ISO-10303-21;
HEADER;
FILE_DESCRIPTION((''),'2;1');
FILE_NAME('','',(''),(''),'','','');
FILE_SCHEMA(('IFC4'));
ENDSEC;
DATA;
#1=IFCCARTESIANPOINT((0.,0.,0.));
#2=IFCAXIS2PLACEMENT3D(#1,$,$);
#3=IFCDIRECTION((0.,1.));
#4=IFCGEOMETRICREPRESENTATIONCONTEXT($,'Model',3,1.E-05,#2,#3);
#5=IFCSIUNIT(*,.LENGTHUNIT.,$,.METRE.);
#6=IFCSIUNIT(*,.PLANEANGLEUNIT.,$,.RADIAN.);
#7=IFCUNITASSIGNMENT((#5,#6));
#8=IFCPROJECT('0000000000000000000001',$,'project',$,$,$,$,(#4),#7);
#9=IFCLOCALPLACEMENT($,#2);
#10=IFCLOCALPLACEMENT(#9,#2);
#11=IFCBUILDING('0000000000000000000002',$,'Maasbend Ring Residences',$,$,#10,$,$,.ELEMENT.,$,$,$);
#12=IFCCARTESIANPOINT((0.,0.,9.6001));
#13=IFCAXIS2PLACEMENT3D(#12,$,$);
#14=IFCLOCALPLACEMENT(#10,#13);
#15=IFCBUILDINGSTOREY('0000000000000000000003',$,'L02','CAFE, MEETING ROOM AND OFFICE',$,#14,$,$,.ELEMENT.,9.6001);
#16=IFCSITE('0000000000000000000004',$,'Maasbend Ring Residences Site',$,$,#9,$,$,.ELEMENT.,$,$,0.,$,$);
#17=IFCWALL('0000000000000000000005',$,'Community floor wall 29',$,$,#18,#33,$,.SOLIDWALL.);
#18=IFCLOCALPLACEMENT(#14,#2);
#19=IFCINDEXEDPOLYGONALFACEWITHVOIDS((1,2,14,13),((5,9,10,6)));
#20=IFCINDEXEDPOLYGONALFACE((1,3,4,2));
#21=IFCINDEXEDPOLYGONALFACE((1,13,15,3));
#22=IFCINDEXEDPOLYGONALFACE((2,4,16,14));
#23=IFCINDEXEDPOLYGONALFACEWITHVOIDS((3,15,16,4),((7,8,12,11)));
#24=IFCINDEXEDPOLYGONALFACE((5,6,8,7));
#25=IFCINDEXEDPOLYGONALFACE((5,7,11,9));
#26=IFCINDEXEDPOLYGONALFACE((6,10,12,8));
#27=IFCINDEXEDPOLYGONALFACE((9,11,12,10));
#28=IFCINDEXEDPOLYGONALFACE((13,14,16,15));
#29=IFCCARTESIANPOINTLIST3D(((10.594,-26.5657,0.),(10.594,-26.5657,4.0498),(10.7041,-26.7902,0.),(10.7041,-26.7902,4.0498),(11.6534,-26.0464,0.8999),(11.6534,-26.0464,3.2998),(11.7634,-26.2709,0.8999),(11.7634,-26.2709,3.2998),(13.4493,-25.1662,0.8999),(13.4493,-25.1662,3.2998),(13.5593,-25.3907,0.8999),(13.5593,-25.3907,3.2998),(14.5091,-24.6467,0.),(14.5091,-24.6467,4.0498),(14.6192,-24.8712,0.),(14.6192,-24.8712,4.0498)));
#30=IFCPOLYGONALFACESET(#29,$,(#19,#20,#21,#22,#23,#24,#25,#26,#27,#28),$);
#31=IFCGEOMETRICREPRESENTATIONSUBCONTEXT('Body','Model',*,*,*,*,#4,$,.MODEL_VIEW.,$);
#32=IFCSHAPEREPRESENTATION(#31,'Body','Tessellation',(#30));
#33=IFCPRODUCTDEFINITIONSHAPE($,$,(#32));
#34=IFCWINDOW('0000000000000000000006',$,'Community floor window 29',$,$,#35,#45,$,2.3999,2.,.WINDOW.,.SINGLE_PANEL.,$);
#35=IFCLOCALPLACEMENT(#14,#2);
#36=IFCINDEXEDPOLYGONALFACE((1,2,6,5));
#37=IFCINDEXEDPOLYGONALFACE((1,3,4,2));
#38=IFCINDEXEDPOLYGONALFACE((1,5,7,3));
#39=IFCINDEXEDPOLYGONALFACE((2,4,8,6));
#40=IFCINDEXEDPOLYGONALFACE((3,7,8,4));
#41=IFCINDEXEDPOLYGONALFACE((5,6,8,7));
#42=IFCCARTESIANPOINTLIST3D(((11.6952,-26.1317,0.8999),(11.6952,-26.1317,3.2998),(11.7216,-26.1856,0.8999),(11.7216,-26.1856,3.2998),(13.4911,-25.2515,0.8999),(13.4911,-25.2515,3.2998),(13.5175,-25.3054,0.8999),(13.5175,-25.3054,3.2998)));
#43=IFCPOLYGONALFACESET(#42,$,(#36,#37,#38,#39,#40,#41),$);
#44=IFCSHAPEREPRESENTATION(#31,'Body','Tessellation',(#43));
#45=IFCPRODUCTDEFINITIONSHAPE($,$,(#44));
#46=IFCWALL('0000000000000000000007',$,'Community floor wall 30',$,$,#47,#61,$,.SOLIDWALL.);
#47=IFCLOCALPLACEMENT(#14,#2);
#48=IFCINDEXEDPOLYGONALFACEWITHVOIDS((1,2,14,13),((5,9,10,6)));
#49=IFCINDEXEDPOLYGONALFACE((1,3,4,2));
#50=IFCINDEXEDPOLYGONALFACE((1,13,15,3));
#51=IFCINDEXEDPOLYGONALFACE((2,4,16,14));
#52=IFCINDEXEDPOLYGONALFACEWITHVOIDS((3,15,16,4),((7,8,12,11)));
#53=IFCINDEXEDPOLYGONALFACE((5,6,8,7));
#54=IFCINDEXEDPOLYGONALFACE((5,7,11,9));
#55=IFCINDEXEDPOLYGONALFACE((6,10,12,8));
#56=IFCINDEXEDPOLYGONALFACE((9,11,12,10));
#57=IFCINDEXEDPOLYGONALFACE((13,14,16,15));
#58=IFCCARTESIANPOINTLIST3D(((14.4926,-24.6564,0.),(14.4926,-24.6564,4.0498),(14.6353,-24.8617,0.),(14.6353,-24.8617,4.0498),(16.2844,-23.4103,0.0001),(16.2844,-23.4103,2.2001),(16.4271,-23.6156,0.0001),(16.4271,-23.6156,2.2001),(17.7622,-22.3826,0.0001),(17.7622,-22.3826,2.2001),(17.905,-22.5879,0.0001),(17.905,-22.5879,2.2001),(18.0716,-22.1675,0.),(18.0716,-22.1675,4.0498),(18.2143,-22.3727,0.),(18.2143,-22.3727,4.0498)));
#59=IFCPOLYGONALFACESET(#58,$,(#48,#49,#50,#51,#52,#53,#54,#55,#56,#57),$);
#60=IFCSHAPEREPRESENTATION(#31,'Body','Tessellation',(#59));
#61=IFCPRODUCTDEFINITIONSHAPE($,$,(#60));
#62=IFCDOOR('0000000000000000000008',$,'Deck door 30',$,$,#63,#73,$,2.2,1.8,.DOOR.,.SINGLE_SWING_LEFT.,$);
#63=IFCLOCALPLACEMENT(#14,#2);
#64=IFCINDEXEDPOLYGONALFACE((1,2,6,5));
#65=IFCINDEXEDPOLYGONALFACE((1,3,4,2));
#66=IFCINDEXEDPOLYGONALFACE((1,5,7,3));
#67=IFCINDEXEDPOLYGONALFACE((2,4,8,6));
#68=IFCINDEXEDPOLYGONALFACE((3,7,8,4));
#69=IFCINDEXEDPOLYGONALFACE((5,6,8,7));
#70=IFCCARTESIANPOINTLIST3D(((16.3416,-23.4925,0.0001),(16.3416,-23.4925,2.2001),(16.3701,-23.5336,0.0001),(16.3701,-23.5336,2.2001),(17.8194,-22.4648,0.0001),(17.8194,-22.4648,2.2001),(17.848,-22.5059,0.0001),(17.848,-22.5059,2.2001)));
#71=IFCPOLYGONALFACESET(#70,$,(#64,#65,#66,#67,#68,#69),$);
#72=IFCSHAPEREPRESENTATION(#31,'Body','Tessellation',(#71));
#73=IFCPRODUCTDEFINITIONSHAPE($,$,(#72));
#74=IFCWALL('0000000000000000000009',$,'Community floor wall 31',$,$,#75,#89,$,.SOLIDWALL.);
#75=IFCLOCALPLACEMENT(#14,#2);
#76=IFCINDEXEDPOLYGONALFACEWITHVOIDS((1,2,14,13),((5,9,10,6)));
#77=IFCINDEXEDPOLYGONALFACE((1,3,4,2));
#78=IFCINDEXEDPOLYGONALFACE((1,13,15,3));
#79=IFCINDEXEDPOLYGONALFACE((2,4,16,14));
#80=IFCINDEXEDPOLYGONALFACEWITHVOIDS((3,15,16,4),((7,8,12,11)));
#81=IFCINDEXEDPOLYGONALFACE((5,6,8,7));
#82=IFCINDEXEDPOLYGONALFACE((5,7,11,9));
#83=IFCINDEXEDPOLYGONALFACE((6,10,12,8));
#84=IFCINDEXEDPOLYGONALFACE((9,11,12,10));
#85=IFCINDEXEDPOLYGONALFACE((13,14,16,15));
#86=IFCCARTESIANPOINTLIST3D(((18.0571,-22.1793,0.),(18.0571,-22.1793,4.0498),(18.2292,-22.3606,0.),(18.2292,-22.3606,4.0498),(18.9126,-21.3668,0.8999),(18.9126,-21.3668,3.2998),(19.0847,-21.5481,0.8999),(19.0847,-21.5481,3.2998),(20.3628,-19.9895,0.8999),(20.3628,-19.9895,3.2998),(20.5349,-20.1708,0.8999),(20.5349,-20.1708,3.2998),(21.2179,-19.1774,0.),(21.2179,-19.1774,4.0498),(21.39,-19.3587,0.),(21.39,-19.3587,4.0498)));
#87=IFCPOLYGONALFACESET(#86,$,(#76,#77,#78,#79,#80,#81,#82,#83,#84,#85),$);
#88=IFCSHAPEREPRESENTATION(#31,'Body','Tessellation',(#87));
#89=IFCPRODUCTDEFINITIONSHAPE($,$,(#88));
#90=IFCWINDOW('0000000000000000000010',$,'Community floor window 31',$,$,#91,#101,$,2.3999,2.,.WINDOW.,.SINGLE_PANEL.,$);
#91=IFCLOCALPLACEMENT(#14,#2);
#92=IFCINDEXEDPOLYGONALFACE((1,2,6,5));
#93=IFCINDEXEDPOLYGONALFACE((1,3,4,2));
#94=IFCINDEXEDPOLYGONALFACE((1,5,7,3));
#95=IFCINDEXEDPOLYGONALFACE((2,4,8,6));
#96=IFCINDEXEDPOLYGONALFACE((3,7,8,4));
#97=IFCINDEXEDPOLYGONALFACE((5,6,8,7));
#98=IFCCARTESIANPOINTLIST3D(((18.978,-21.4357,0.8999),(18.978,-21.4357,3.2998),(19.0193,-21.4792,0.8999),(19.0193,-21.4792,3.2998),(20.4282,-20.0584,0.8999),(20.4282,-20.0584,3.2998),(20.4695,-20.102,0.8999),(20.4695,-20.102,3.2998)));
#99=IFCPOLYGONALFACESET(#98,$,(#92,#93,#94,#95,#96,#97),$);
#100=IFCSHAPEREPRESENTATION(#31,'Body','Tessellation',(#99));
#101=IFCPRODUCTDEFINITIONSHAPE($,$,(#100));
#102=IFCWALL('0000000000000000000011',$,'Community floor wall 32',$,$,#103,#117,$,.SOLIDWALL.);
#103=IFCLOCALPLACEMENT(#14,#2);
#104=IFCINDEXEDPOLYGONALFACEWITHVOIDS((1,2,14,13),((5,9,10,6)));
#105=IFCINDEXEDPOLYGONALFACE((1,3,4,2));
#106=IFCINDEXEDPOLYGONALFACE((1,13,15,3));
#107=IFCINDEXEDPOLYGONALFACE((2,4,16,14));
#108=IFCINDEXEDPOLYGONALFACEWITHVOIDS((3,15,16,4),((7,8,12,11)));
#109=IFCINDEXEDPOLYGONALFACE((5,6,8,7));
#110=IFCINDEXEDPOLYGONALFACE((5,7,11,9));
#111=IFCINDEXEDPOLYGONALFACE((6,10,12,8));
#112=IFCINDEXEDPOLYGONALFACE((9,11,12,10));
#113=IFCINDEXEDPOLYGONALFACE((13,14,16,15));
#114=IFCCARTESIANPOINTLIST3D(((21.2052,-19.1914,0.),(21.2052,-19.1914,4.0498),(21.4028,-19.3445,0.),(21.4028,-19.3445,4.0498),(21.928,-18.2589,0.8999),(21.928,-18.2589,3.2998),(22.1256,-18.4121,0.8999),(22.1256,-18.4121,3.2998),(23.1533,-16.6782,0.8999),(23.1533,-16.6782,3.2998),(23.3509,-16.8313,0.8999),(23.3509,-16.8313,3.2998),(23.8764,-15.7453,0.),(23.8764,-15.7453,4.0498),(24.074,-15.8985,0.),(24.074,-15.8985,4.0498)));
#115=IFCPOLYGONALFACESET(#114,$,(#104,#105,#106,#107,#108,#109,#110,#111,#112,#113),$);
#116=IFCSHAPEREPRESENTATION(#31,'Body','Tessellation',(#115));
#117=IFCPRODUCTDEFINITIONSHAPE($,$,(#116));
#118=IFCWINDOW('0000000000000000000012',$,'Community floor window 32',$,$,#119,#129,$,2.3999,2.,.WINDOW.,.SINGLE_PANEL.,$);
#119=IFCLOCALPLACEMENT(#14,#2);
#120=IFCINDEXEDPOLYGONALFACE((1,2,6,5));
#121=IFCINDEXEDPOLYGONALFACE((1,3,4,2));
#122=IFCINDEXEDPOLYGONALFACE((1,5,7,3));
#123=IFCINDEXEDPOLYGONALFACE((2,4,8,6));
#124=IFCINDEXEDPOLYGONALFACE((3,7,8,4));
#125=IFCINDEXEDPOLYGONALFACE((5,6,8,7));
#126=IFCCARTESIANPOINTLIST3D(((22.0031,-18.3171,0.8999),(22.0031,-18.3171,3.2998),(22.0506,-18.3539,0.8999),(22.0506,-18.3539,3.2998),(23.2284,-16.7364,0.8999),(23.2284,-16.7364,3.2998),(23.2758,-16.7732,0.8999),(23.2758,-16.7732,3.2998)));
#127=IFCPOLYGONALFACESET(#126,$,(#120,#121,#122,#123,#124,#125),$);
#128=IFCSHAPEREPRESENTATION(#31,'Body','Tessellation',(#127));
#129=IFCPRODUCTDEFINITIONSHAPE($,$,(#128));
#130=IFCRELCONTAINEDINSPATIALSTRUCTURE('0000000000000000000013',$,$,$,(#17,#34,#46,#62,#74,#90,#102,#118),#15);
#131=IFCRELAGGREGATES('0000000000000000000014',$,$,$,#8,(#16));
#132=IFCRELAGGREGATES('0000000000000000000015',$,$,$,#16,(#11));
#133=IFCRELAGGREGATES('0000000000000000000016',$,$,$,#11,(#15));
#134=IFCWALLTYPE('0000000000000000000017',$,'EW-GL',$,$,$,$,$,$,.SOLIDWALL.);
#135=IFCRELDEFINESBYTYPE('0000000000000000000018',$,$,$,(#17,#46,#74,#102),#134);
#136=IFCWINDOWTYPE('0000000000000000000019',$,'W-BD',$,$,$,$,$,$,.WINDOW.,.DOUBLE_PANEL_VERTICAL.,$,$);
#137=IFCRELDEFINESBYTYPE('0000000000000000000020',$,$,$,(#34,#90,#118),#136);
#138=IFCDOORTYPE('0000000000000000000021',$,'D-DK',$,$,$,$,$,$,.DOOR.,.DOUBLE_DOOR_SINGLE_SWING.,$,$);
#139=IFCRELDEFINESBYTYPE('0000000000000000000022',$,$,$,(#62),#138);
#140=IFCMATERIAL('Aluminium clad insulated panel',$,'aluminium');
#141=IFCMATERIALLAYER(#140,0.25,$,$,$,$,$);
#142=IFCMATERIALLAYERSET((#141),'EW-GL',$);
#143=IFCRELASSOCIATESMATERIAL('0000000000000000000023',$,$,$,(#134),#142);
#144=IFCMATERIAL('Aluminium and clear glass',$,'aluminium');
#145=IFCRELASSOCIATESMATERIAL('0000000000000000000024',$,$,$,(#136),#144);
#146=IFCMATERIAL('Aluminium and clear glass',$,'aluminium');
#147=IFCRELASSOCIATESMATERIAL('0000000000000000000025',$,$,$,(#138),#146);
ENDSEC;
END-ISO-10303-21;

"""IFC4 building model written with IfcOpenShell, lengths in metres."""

from ifc_helpers import new_model, si_unit, direction, frame, frame_2d, origin, place, context, subcontext, project, spatial, rectangle, extrude, material, layer, layer_set, type_object, element, fill, save


model = new_model("IFC4")

# Units and contexts
model_context = context("Model", 3, precision=1e-05, world=origin(), true_north=direction((0.0, 1.0)))
body_context = subcontext(model_context, "Body", "Model", "MODEL_VIEW")
ifc_project = project(units=[si_unit("LENGTHUNIT", "METRE"), si_unit("PLANEANGLEUNIT", "RADIAN")], contexts=[model_context])

# Site, building, storey
site_placement = place(None, origin())
site = spatial("IfcSite", under=ifc_project, at=site_placement, Name="Maasbend Ring Residences Site", CompositionType="ELEMENT", RefElevation=0.0)
building_placement = place(site_placement, origin())
building = spatial("IfcBuilding", under=site, at=building_placement, Name="Maasbend Ring Residences", CompositionType="ELEMENT")
storey_placement = place(building_placement, frame((0.0, 0.0, 9.6001)))
storey = spatial("IfcBuildingStorey", under=building, at=storey_placement, Name="L02", Description="CAFE, MEETING ROOM AND OFFICE", CompositionType="ELEMENT", Elevation=9.6001)

# Wall, opening, window
ifc_material_1 = material(Name="Aluminium clad insulated panel", Category="aluminium")
ifc_layer_1 = layer(ifc_material_1, 0.25)
ifc_layer_set_1 = layer_set([ifc_layer_1], Name="EW-GL")
wall_type_1 = type_object("IfcWallType", Name="EW-GL", PredefinedType="SOLIDWALL", material=ifc_layer_set_1)
ifc_material_2 = material(Name="Aluminium and clear glass", Category="aluminium")
window_type = type_object("IfcWindowType", Name="W-BD", PartitioningType="DOUBLE_PANEL_VERTICAL", PredefinedType="WINDOW", material=ifc_material_2)
wall_1_placement = place(storey_placement, frame((10.6489, -26.678, 0.0), z_axis=(0.0, 0.0, 1.0), x_axis=(0.897938, 0.440122, 0.0)))
wall_1 = element("IfcWall", 1, at=wall_1_placement, inside=storey, type_object=wall_type_1, Name="Community floor wall 29", PredefinedType="SOLIDWALL", context=body_context, shape_type="SweptSolid", body=[
    extrude(rectangle(XDim=4.3601, YDim=0.25, at=frame_2d((2.1802, 0.0))), origin(), (0.0, 0.0, 1.0), 4.0498),
])
opening_1_placement = place(wall_1_placement, frame((1.1799, 0.0, 0.8999)))
opening_1 = element("IfcOpeningElement", 2, at=opening_1_placement, cuts=wall_1, PredefinedType="OPENING", context=body_context, shape_type="SweptSolid", body=[
    extrude(rectangle(XDim=2.0, YDim=2.3999, at=frame_2d((1.0, 1.2))), frame((0.0, 0.135, 0.0), z_axis=(0.0, -1.0, 0.0), x_axis=(1.0, 0.0, 0.0)), (0.0, 0.0, 1.0), 0.27),
])
window_1_placement = place(opening_1_placement, origin())
window_1 = element("IfcWindow", 3, at=window_1_placement, inside=storey, type_object=window_type, Name="Community floor window 29", OverallHeight=2.3999, OverallWidth=2.0, PartitioningType="SINGLE_PANEL", PredefinedType="WINDOW", context=body_context, shape_type="SweptSolid", body=[
    extrude(rectangle(XDim=2.0, YDim=2.3999, at=frame_2d((1.0, 1.2))), frame((0.0, 0.03, 0.0), z_axis=(0.0, -1.0, 0.0), x_axis=(1.0, 0.0, 0.0)), (0.0, 0.0, 1.0), 0.0601),
])
fill(opening_1, window_1)

# Wall, opening, door
wall_2_placement = place(storey_placement, frame((14.564, -24.759, 0.0), z_axis=(0.0, 0.0, 1.0), x_axis=(0.820991, 0.570941, 0.0)))
wall_2 = element("IfcWall", 4, at=wall_2_placement, inside=storey, type_object=wall_type_1, Name="Community floor wall 30", PredefinedType="SOLIDWALL", context=body_context, shape_type="SweptSolid", body=[
    extrude(rectangle(XDim=4.3594, YDim=0.25, at=frame_2d((2.1797, 0.0))), origin(), (0.0, 0.0, 1.0), 4.0498),
])
opening_2_placement = place(wall_2_placement, frame((2.1826, 0.0, 0.0)))
opening_2 = element("IfcOpeningElement", 5, at=opening_2_placement, cuts=wall_2, PredefinedType="OPENING", context=body_context, shape_type="SweptSolid", body=[
    extrude(rectangle(XDim=1.8, YDim=2.2, at=frame_2d((0.8999, 1.1001))), frame((0.0, 0.135, 0.0), z_axis=(0.0, -1.0, 0.0), x_axis=(1.0, 0.0, 0.0)), (0.0, 0.0, 1.0), 0.27),
])
ifc_material_3 = material(Name="Aluminium and clear glass", Category="aluminium")
door_type_1 = type_object("IfcDoorType", Name="D-DK", OperationType="DOUBLE_DOOR_SINGLE_SWING", PredefinedType="DOOR", material=ifc_material_3)
door_1_placement = place(opening_2_placement, origin())
door_1 = element("IfcDoor", 6, at=door_1_placement, inside=storey, type_object=door_type_1, Name="Deck door 30", OperationType="SINGLE_SWING_LEFT", OverallHeight=2.2, OverallWidth=1.8, PredefinedType="DOOR", context=body_context, shape_type="SweptSolid", body=[
    extrude(rectangle(XDim=1.8, YDim=2.2, at=frame_2d((0.8999, 1.1001))), frame((0.0, 0.0249, 0.0), z_axis=(0.0, -1.0, 0.0), x_axis=(1.0, 0.0, 0.0)), (0.0, 0.0, 1.0), 0.05),
])
fill(opening_2, door_1)

# Walls, openings, windows
wall_3_placement = place(storey_placement, frame((18.1431, -22.27, 0.0), z_axis=(0.0, 0.0, 1.0), x_axis=(0.725102, 0.688642, 0.0)))
wall_3 = element("IfcWall", 7, at=wall_3_placement, inside=storey, type_object=wall_type_1, Name="Community floor wall 31", PredefinedType="SOLIDWALL", context=body_context, shape_type="SweptSolid", body=[
    extrude(rectangle(XDim=4.3591, YDim=0.25, at=frame_2d((2.1797, 0.0))), origin(), (0.0, 0.0, 1.0), 4.0498),
])
opening_3_placement = place(wall_3_placement, frame((1.1799, 0.0, 0.8999)))
opening_3 = element("IfcOpeningElement", 8, at=opening_3_placement, cuts=wall_3, PredefinedType="OPENING", context=body_context, shape_type="SweptSolid", body=[
    extrude(rectangle(XDim=2.0, YDim=2.3999, at=frame_2d((1.0, 1.2))), frame((0.0, 0.135, 0.0), z_axis=(0.0, -1.0, 0.0), x_axis=(1.0, 0.0, 0.0)), (0.0, 0.0, 1.0), 0.27),
])
window_2_placement = place(opening_3_placement, origin())
window_2 = element("IfcWindow", 9, at=window_2_placement, inside=storey, type_object=window_type, Name="Community floor window 31", OverallHeight=2.3999, OverallWidth=2.0, PartitioningType="SINGLE_PANEL", PredefinedType="WINDOW", context=body_context, shape_type="SweptSolid", body=[
    extrude(rectangle(XDim=2.0, YDim=2.3999, at=frame_2d((1.0, 1.2))), frame((0.0, 0.03, 0.0), z_axis=(0.0, -1.0, 0.0), x_axis=(1.0, 0.0, 0.0)), (0.0, 0.0, 1.0), 0.0601),
])
fill(opening_3, window_2)
wall_4_placement = place(storey_placement, frame((21.304, -19.2681, 0.0), z_axis=(0.0, 0.0, 1.0), x_axis=(0.612637, 0.790364, 0.0)))
wall_4 = element("IfcWall", 10, at=wall_4_placement, inside=storey, type_object=wall_type_1, Name="Community floor wall 32", PredefinedType="SOLIDWALL", context=body_context, shape_type="SweptSolid", body=[
    extrude(rectangle(XDim=4.3601, YDim=0.25, at=frame_2d((2.1802, 0.0))), origin(), (0.0, 0.0, 1.0), 4.0498),
])
opening_4_placement = place(wall_4_placement, frame((1.1799, 0.0, 0.8999)))
opening_4 = element("IfcOpeningElement", 11, at=opening_4_placement, cuts=wall_4, PredefinedType="OPENING", context=body_context, shape_type="SweptSolid", body=[
    extrude(rectangle(XDim=2.0, YDim=2.3999, at=frame_2d((1.0, 1.2))), frame((0.0, 0.135, 0.0), z_axis=(0.0, -1.0, 0.0), x_axis=(1.0, 0.0, 0.0)), (0.0, 0.0, 1.0), 0.27),
])
window_3_placement = place(opening_4_placement, origin())
window_3 = element("IfcWindow", 12, at=window_3_placement, inside=storey, type_object=window_type, Name="Community floor window 32", OverallHeight=2.3999, OverallWidth=2.0, PartitioningType="SINGLE_PANEL", PredefinedType="WINDOW", context=body_context, shape_type="SweptSolid", body=[
    extrude(rectangle(XDim=2.0, YDim=2.3999, at=frame_2d((1.0, 1.2))), frame((0.0, 0.03, 0.0), z_axis=(0.0, -1.0, 0.0), x_axis=(1.0, 0.0, 0.0)), (0.0, 0.0, 1.0), 0.0601),
])
fill(opening_4, window_3)

save(model, "model.ifc")
